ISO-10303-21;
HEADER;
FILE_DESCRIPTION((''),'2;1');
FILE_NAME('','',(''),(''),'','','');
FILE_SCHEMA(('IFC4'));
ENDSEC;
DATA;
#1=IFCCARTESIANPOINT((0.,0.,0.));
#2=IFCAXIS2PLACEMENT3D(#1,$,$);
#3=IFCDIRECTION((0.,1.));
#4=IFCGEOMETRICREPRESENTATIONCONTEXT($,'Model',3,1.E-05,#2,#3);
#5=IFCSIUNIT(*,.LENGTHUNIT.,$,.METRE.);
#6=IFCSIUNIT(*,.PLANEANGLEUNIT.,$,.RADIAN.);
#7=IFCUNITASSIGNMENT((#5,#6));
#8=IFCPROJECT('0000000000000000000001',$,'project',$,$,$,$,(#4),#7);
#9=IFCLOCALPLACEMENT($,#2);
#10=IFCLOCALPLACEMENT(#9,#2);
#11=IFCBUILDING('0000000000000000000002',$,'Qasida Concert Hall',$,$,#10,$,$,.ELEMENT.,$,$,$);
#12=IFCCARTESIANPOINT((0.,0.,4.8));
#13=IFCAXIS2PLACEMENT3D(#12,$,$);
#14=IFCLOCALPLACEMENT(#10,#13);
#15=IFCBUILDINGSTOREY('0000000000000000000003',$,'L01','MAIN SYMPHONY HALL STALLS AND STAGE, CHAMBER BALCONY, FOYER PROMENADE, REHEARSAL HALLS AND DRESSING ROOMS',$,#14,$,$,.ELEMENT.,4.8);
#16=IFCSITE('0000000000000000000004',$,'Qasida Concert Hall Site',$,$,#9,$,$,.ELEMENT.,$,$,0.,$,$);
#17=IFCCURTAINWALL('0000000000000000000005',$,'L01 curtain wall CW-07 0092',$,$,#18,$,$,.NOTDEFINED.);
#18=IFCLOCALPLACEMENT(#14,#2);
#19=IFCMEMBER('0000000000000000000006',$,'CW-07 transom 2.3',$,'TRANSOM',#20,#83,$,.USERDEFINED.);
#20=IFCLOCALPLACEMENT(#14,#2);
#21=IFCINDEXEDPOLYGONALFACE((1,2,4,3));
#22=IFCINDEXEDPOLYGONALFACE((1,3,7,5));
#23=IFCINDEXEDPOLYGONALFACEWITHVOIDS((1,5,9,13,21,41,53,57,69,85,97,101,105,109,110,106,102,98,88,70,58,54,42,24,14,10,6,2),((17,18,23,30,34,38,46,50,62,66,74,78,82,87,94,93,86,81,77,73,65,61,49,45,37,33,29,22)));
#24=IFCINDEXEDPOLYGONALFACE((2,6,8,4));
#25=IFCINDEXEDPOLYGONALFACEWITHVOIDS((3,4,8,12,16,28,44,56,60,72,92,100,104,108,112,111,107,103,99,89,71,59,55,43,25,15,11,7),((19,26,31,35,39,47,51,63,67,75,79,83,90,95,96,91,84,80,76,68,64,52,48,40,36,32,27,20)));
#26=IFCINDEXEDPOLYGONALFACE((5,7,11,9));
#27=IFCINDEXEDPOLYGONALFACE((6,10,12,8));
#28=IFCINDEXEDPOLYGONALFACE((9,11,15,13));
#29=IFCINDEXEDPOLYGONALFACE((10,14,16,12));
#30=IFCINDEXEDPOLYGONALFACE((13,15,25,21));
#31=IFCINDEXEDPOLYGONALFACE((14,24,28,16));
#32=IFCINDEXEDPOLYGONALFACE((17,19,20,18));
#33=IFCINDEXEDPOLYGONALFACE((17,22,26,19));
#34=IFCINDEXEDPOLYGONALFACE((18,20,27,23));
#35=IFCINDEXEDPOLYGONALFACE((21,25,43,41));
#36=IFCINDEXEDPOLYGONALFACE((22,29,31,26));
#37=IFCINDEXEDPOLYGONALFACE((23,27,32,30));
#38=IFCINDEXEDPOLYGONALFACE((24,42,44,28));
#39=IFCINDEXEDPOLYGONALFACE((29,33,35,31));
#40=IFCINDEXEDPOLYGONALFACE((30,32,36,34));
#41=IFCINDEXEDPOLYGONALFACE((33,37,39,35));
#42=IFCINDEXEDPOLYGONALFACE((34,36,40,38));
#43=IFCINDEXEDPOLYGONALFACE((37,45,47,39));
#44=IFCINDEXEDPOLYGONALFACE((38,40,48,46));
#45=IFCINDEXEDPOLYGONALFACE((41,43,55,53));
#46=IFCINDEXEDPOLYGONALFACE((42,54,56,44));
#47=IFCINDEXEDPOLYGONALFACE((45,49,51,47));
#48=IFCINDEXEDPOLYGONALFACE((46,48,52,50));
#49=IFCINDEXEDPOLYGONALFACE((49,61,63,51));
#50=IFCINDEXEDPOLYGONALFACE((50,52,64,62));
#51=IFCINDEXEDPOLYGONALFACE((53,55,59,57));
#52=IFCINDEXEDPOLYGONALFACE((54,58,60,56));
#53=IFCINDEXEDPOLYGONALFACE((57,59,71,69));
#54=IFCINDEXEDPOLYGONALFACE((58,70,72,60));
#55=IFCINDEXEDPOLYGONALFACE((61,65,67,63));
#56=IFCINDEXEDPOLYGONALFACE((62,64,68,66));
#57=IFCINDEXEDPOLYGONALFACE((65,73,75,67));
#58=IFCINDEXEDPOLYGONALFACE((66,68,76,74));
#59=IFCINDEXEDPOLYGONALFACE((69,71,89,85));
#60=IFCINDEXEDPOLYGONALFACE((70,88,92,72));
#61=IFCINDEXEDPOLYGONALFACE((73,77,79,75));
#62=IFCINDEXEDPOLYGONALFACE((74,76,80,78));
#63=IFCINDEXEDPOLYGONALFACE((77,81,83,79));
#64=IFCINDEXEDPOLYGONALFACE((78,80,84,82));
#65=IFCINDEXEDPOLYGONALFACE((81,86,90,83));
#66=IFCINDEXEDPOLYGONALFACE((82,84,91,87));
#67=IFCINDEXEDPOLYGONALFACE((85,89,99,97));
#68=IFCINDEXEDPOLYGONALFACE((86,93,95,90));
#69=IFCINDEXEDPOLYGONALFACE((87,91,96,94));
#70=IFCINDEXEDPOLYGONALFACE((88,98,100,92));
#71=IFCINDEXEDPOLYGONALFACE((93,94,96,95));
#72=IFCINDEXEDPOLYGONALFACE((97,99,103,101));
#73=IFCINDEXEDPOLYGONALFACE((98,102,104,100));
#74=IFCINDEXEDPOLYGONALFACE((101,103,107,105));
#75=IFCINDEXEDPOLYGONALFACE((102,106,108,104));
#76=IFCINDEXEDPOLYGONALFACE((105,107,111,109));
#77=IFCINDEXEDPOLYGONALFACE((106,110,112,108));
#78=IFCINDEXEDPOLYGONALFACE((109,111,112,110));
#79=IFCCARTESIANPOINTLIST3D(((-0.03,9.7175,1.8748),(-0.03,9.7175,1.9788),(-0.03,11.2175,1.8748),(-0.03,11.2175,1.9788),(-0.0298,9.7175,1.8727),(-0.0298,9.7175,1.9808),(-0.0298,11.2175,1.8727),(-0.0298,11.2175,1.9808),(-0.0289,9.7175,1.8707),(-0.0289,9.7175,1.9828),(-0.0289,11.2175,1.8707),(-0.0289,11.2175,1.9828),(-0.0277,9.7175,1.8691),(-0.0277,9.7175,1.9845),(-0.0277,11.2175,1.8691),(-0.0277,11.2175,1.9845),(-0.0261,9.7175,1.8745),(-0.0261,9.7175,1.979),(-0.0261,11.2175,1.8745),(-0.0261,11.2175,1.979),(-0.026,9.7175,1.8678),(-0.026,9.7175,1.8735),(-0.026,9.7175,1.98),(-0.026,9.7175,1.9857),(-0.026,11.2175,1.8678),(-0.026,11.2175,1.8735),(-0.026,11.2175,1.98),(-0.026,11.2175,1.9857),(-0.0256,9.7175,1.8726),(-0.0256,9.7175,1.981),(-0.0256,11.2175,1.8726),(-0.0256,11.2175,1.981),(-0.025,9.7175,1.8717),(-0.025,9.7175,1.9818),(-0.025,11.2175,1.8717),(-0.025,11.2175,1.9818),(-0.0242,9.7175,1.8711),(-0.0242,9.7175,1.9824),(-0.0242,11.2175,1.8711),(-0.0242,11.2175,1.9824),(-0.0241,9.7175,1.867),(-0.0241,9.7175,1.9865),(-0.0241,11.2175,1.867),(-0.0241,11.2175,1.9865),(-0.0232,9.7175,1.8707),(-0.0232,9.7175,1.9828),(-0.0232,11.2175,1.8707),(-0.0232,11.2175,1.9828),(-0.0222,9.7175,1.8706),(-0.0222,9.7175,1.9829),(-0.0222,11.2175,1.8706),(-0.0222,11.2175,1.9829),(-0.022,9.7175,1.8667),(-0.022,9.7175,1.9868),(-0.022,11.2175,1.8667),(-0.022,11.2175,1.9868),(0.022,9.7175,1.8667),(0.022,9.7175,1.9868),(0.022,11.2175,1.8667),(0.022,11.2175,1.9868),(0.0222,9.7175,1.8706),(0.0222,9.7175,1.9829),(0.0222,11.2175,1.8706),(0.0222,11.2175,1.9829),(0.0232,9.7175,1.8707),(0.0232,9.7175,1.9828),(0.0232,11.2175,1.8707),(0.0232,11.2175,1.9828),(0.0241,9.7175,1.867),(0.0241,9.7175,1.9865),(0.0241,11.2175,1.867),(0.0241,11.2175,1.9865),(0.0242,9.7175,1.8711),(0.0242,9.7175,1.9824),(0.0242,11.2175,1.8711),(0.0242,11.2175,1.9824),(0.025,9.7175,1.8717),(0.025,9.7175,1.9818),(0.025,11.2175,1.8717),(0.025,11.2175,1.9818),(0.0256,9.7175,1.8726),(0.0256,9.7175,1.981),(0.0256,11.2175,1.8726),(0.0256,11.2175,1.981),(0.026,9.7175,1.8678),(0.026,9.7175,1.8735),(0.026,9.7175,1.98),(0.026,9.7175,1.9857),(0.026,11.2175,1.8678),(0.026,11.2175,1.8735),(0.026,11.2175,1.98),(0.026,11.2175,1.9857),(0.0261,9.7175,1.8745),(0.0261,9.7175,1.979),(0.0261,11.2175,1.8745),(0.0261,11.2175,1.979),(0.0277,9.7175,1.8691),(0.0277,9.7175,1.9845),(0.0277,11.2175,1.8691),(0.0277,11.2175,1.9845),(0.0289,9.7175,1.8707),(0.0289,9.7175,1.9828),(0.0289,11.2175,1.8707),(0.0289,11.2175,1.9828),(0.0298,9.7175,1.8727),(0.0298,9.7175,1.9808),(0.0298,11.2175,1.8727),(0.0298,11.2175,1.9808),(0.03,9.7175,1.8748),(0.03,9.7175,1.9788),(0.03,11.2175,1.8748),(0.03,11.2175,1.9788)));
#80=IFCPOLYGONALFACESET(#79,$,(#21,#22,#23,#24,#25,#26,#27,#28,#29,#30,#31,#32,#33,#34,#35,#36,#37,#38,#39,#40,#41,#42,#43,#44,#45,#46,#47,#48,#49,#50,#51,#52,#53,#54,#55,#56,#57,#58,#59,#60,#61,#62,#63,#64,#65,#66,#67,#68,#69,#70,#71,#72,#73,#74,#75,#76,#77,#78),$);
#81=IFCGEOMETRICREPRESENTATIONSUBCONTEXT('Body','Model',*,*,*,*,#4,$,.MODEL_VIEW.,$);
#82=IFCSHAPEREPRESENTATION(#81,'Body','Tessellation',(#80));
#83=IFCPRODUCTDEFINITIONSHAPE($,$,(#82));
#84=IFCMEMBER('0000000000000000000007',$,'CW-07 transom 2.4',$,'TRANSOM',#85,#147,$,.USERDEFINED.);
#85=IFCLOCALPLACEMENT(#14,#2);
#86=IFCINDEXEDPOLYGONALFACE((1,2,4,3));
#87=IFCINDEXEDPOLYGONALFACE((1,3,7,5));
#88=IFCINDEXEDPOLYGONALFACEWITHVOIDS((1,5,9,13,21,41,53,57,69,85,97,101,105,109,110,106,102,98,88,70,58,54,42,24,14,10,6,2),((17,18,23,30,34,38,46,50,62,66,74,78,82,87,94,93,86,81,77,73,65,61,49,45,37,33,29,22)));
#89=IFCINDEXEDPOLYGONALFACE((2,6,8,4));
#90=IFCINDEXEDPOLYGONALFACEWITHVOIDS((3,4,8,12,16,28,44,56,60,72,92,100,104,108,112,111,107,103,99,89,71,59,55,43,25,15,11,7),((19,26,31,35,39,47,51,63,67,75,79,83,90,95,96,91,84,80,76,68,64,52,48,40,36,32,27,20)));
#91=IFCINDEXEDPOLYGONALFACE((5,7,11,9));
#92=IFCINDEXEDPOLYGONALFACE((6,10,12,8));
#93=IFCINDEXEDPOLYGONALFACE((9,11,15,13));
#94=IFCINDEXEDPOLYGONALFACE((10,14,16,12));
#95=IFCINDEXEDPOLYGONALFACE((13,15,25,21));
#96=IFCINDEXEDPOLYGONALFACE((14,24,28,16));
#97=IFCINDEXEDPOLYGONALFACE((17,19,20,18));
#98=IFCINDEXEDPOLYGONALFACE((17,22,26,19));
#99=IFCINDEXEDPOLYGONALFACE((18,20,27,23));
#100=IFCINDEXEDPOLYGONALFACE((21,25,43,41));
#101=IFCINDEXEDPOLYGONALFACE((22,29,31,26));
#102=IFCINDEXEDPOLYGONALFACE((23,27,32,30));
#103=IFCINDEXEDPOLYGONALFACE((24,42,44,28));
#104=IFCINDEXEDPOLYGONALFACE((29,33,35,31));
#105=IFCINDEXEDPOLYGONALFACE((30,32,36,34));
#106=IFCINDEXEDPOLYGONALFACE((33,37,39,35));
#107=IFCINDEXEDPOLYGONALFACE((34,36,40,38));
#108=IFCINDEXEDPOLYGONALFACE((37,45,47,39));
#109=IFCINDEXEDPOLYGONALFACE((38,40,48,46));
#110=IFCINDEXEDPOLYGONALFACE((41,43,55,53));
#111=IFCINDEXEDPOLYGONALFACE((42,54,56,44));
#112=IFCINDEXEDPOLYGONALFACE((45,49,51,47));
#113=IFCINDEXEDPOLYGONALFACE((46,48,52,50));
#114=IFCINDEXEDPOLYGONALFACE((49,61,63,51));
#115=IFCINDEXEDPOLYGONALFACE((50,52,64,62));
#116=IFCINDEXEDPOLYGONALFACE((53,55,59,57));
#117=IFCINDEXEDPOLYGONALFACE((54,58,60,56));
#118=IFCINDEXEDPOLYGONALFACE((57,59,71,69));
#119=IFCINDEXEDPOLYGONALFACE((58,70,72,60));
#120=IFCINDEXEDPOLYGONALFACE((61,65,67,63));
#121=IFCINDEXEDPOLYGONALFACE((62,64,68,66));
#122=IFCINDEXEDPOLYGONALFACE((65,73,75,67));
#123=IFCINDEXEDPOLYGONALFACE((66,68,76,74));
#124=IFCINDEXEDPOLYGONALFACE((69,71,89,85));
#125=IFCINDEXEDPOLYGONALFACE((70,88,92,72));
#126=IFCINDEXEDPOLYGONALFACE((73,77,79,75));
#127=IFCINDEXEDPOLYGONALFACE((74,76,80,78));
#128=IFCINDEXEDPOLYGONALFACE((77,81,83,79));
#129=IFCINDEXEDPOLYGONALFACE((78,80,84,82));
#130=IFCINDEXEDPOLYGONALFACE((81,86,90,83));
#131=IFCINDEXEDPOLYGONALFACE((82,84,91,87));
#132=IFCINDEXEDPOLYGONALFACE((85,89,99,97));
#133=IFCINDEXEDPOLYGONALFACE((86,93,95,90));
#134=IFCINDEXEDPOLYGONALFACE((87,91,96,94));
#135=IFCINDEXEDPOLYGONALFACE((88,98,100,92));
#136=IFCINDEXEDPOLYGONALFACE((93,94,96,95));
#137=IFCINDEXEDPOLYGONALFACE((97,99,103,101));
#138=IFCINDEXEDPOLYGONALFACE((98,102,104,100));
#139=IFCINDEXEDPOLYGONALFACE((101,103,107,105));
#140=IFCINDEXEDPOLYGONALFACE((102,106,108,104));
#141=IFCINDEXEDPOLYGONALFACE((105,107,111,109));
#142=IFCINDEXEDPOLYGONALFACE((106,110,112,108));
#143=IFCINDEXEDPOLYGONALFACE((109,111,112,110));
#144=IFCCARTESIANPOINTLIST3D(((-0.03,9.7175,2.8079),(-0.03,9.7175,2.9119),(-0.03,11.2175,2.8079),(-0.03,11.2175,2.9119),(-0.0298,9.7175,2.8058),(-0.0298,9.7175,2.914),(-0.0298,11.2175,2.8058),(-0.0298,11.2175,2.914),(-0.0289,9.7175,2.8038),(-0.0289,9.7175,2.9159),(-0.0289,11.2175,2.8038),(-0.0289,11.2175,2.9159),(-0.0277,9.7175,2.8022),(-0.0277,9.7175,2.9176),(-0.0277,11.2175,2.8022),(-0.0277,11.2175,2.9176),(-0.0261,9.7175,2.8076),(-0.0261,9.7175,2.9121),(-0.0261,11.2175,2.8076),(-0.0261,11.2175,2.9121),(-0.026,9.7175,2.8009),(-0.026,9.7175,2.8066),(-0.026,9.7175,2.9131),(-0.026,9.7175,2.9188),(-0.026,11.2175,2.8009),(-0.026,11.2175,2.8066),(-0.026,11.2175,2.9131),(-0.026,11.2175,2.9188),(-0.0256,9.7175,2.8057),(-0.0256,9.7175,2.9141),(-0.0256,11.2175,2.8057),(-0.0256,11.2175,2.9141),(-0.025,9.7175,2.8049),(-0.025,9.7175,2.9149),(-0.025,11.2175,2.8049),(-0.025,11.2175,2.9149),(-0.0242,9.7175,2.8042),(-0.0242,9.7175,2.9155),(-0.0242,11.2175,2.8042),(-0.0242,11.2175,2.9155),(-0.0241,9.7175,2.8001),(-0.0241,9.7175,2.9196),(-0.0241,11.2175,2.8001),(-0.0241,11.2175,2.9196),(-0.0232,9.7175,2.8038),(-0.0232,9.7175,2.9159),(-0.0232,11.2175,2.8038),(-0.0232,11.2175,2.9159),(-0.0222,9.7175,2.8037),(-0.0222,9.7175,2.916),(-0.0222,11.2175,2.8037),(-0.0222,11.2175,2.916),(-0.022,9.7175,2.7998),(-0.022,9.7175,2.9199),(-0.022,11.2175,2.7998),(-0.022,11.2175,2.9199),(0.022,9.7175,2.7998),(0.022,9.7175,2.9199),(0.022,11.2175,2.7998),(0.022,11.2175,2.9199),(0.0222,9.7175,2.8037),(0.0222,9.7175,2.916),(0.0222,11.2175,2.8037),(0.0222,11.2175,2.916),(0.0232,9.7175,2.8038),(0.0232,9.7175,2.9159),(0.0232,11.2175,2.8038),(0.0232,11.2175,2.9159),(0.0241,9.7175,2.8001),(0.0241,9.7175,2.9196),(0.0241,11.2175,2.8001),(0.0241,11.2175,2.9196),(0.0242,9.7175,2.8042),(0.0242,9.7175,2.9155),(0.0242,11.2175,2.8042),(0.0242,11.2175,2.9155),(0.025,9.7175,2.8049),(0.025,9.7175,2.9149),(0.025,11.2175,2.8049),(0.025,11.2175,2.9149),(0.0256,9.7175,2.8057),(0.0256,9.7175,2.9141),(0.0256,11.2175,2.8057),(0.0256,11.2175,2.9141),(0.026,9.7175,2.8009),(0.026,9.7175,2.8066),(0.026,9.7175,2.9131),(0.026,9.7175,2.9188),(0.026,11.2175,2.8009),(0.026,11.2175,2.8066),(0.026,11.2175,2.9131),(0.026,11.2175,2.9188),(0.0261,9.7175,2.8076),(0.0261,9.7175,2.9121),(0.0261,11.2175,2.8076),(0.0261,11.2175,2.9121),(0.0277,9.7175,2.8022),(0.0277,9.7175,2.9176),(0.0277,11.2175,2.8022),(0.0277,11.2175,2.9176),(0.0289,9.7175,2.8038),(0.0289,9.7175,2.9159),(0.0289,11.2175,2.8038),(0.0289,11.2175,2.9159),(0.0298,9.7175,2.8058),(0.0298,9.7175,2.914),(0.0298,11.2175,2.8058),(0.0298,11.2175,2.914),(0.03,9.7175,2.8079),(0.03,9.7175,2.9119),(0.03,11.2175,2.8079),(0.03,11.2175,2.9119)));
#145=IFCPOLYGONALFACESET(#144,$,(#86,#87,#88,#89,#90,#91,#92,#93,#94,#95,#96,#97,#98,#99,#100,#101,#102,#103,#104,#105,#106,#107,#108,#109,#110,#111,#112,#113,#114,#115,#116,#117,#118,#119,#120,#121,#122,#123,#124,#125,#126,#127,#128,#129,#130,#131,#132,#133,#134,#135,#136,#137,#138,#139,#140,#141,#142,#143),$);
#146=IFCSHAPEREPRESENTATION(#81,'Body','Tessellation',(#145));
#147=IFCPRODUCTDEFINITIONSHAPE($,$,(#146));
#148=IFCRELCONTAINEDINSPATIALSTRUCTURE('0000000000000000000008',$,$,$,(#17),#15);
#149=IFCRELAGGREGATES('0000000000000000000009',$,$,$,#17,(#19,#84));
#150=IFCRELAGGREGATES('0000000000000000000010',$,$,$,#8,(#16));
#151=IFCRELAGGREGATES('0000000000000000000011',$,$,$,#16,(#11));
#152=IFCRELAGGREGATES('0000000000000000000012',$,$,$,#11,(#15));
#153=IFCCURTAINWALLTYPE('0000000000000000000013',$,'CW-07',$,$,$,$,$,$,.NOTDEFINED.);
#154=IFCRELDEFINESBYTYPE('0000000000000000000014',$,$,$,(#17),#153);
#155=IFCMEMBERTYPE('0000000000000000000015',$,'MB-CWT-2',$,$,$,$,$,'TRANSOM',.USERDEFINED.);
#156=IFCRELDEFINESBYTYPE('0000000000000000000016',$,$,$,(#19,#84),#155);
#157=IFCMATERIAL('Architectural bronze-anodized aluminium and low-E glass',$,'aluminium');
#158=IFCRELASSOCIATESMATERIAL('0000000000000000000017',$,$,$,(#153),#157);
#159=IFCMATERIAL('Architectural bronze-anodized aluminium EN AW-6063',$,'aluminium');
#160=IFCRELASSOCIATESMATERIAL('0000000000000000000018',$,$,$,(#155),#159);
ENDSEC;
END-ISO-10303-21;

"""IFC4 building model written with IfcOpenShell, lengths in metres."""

from ifc_helpers import new_model, si_unit, direction, frame, origin, origin_2d, place, context, subcontext, project, spatial, hollow_rectangle, extrude, material, material_profile, profile_set, type_object, element, aggregate, save


model = new_model("IFC4")

# Units and contexts
model_context = context("Model", 3, precision=1e-05, world=origin(), true_north=direction((0.0, 1.0)))
body_context = subcontext(model_context, "Body", "Model", "MODEL_VIEW")
ifc_project = project(units=[si_unit("LENGTHUNIT", "METRE"), si_unit("PLANEANGLEUNIT", "RADIAN")], contexts=[model_context])

# Site, building, storey
site_placement = place(None, origin())
site = spatial("IfcSite", under=ifc_project, at=site_placement, Name="Qasida Concert Hall Site", CompositionType="ELEMENT", RefElevation=0.0)
building_placement = place(site_placement, origin())
building = spatial("IfcBuilding", under=site, at=building_placement, Name="Qasida Concert Hall", CompositionType="ELEMENT")
storey_placement = place(building_placement, frame((0.0, 0.0, 4.8)))
storey = spatial("IfcBuildingStorey", under=building, at=storey_placement, Name="L01", Description="MAIN SYMPHONY HALL STALLS AND STAGE, CHAMBER BALCONY, FOYER PROMENADE, REHEARSAL HALLS AND DRESSING ROOMS", CompositionType="ELEMENT", Elevation=4.8)

# Curtain wall, members
ifc_material_1 = material(Name="Architectural bronze-anodized aluminium and low-E glass", Category="aluminium")
curtain_wall_type = type_object("IfcCurtainWallType", Name="CW-07", PredefinedType="NOTDEFINED", material=ifc_material_1)
curtain_wall_placement = place(storey_placement, origin())
curtain_wall = element("IfcCurtainWall", 1, at=curtain_wall_placement, inside=storey, type_object=curtain_wall_type, Name="L01 curtain wall CW-07 0092", PredefinedType="NOTDEFINED")
ifc_material_2 = material(Name="Architectural bronze-anodized aluminium EN AW-6063", Category="aluminium")
ifc_material_profile_1 = material_profile(ifc_material_2, hollow_rectangle(XDim=0.0601, YDim=0.1201, WallThickness=0.0039, InnerFilletRadius=0.0039, OuterFilletRadius=0.0081, at=origin_2d()), Name="CWT 120x60x4")
ifc_profile_set_1 = profile_set([ifc_material_profile_1], Name="Architectural bronze-anodized aluminium EN AW-6063")
member_type_1 = type_object("IfcMemberType", Name="MB-CWT-2", ElementType="TRANSOM", PredefinedType="USERDEFINED", material=ifc_profile_set_1)
member_1_placement = place(storey_placement, frame((0.0, 9.7175, 1.9268), z_axis=(0.0, 1.0, 0.0), x_axis=(-1.0, 0.0, 0.0)))
member_1 = element("IfcMember", 2, at=member_1_placement, type_object=member_type_1, Name="CW-07 transom 2.3", ObjectType="TRANSOM", PredefinedType="USERDEFINED", context=body_context, shape_type="SweptSolid", body=[
    extrude(hollow_rectangle(XDim=0.0601, YDim=0.1201, WallThickness=0.0039, InnerFilletRadius=0.0039, OuterFilletRadius=0.0081, at=origin_2d()), origin(), (0.0, 0.0, 1.0), 1.5),
])
member_2_placement = place(storey_placement, frame((0.0, 9.7175, 2.8599), z_axis=(0.0, 1.0, 0.0), x_axis=(-1.0, 0.0, 0.0)))
member_2 = element("IfcMember", 3, at=member_2_placement, type_object=member_type_1, Name="CW-07 transom 2.4", ObjectType="TRANSOM", PredefinedType="USERDEFINED", context=body_context, shape_type="SweptSolid", body=[
    extrude(hollow_rectangle(XDim=0.0601, YDim=0.1201, WallThickness=0.0039, InnerFilletRadius=0.0039, OuterFilletRadius=0.0081, at=origin_2d()), origin(), (0.0, 0.0, 1.0), 1.5),
])
aggregate(curtain_wall, [member_1, member_2])

save(model, "model.ifc")
